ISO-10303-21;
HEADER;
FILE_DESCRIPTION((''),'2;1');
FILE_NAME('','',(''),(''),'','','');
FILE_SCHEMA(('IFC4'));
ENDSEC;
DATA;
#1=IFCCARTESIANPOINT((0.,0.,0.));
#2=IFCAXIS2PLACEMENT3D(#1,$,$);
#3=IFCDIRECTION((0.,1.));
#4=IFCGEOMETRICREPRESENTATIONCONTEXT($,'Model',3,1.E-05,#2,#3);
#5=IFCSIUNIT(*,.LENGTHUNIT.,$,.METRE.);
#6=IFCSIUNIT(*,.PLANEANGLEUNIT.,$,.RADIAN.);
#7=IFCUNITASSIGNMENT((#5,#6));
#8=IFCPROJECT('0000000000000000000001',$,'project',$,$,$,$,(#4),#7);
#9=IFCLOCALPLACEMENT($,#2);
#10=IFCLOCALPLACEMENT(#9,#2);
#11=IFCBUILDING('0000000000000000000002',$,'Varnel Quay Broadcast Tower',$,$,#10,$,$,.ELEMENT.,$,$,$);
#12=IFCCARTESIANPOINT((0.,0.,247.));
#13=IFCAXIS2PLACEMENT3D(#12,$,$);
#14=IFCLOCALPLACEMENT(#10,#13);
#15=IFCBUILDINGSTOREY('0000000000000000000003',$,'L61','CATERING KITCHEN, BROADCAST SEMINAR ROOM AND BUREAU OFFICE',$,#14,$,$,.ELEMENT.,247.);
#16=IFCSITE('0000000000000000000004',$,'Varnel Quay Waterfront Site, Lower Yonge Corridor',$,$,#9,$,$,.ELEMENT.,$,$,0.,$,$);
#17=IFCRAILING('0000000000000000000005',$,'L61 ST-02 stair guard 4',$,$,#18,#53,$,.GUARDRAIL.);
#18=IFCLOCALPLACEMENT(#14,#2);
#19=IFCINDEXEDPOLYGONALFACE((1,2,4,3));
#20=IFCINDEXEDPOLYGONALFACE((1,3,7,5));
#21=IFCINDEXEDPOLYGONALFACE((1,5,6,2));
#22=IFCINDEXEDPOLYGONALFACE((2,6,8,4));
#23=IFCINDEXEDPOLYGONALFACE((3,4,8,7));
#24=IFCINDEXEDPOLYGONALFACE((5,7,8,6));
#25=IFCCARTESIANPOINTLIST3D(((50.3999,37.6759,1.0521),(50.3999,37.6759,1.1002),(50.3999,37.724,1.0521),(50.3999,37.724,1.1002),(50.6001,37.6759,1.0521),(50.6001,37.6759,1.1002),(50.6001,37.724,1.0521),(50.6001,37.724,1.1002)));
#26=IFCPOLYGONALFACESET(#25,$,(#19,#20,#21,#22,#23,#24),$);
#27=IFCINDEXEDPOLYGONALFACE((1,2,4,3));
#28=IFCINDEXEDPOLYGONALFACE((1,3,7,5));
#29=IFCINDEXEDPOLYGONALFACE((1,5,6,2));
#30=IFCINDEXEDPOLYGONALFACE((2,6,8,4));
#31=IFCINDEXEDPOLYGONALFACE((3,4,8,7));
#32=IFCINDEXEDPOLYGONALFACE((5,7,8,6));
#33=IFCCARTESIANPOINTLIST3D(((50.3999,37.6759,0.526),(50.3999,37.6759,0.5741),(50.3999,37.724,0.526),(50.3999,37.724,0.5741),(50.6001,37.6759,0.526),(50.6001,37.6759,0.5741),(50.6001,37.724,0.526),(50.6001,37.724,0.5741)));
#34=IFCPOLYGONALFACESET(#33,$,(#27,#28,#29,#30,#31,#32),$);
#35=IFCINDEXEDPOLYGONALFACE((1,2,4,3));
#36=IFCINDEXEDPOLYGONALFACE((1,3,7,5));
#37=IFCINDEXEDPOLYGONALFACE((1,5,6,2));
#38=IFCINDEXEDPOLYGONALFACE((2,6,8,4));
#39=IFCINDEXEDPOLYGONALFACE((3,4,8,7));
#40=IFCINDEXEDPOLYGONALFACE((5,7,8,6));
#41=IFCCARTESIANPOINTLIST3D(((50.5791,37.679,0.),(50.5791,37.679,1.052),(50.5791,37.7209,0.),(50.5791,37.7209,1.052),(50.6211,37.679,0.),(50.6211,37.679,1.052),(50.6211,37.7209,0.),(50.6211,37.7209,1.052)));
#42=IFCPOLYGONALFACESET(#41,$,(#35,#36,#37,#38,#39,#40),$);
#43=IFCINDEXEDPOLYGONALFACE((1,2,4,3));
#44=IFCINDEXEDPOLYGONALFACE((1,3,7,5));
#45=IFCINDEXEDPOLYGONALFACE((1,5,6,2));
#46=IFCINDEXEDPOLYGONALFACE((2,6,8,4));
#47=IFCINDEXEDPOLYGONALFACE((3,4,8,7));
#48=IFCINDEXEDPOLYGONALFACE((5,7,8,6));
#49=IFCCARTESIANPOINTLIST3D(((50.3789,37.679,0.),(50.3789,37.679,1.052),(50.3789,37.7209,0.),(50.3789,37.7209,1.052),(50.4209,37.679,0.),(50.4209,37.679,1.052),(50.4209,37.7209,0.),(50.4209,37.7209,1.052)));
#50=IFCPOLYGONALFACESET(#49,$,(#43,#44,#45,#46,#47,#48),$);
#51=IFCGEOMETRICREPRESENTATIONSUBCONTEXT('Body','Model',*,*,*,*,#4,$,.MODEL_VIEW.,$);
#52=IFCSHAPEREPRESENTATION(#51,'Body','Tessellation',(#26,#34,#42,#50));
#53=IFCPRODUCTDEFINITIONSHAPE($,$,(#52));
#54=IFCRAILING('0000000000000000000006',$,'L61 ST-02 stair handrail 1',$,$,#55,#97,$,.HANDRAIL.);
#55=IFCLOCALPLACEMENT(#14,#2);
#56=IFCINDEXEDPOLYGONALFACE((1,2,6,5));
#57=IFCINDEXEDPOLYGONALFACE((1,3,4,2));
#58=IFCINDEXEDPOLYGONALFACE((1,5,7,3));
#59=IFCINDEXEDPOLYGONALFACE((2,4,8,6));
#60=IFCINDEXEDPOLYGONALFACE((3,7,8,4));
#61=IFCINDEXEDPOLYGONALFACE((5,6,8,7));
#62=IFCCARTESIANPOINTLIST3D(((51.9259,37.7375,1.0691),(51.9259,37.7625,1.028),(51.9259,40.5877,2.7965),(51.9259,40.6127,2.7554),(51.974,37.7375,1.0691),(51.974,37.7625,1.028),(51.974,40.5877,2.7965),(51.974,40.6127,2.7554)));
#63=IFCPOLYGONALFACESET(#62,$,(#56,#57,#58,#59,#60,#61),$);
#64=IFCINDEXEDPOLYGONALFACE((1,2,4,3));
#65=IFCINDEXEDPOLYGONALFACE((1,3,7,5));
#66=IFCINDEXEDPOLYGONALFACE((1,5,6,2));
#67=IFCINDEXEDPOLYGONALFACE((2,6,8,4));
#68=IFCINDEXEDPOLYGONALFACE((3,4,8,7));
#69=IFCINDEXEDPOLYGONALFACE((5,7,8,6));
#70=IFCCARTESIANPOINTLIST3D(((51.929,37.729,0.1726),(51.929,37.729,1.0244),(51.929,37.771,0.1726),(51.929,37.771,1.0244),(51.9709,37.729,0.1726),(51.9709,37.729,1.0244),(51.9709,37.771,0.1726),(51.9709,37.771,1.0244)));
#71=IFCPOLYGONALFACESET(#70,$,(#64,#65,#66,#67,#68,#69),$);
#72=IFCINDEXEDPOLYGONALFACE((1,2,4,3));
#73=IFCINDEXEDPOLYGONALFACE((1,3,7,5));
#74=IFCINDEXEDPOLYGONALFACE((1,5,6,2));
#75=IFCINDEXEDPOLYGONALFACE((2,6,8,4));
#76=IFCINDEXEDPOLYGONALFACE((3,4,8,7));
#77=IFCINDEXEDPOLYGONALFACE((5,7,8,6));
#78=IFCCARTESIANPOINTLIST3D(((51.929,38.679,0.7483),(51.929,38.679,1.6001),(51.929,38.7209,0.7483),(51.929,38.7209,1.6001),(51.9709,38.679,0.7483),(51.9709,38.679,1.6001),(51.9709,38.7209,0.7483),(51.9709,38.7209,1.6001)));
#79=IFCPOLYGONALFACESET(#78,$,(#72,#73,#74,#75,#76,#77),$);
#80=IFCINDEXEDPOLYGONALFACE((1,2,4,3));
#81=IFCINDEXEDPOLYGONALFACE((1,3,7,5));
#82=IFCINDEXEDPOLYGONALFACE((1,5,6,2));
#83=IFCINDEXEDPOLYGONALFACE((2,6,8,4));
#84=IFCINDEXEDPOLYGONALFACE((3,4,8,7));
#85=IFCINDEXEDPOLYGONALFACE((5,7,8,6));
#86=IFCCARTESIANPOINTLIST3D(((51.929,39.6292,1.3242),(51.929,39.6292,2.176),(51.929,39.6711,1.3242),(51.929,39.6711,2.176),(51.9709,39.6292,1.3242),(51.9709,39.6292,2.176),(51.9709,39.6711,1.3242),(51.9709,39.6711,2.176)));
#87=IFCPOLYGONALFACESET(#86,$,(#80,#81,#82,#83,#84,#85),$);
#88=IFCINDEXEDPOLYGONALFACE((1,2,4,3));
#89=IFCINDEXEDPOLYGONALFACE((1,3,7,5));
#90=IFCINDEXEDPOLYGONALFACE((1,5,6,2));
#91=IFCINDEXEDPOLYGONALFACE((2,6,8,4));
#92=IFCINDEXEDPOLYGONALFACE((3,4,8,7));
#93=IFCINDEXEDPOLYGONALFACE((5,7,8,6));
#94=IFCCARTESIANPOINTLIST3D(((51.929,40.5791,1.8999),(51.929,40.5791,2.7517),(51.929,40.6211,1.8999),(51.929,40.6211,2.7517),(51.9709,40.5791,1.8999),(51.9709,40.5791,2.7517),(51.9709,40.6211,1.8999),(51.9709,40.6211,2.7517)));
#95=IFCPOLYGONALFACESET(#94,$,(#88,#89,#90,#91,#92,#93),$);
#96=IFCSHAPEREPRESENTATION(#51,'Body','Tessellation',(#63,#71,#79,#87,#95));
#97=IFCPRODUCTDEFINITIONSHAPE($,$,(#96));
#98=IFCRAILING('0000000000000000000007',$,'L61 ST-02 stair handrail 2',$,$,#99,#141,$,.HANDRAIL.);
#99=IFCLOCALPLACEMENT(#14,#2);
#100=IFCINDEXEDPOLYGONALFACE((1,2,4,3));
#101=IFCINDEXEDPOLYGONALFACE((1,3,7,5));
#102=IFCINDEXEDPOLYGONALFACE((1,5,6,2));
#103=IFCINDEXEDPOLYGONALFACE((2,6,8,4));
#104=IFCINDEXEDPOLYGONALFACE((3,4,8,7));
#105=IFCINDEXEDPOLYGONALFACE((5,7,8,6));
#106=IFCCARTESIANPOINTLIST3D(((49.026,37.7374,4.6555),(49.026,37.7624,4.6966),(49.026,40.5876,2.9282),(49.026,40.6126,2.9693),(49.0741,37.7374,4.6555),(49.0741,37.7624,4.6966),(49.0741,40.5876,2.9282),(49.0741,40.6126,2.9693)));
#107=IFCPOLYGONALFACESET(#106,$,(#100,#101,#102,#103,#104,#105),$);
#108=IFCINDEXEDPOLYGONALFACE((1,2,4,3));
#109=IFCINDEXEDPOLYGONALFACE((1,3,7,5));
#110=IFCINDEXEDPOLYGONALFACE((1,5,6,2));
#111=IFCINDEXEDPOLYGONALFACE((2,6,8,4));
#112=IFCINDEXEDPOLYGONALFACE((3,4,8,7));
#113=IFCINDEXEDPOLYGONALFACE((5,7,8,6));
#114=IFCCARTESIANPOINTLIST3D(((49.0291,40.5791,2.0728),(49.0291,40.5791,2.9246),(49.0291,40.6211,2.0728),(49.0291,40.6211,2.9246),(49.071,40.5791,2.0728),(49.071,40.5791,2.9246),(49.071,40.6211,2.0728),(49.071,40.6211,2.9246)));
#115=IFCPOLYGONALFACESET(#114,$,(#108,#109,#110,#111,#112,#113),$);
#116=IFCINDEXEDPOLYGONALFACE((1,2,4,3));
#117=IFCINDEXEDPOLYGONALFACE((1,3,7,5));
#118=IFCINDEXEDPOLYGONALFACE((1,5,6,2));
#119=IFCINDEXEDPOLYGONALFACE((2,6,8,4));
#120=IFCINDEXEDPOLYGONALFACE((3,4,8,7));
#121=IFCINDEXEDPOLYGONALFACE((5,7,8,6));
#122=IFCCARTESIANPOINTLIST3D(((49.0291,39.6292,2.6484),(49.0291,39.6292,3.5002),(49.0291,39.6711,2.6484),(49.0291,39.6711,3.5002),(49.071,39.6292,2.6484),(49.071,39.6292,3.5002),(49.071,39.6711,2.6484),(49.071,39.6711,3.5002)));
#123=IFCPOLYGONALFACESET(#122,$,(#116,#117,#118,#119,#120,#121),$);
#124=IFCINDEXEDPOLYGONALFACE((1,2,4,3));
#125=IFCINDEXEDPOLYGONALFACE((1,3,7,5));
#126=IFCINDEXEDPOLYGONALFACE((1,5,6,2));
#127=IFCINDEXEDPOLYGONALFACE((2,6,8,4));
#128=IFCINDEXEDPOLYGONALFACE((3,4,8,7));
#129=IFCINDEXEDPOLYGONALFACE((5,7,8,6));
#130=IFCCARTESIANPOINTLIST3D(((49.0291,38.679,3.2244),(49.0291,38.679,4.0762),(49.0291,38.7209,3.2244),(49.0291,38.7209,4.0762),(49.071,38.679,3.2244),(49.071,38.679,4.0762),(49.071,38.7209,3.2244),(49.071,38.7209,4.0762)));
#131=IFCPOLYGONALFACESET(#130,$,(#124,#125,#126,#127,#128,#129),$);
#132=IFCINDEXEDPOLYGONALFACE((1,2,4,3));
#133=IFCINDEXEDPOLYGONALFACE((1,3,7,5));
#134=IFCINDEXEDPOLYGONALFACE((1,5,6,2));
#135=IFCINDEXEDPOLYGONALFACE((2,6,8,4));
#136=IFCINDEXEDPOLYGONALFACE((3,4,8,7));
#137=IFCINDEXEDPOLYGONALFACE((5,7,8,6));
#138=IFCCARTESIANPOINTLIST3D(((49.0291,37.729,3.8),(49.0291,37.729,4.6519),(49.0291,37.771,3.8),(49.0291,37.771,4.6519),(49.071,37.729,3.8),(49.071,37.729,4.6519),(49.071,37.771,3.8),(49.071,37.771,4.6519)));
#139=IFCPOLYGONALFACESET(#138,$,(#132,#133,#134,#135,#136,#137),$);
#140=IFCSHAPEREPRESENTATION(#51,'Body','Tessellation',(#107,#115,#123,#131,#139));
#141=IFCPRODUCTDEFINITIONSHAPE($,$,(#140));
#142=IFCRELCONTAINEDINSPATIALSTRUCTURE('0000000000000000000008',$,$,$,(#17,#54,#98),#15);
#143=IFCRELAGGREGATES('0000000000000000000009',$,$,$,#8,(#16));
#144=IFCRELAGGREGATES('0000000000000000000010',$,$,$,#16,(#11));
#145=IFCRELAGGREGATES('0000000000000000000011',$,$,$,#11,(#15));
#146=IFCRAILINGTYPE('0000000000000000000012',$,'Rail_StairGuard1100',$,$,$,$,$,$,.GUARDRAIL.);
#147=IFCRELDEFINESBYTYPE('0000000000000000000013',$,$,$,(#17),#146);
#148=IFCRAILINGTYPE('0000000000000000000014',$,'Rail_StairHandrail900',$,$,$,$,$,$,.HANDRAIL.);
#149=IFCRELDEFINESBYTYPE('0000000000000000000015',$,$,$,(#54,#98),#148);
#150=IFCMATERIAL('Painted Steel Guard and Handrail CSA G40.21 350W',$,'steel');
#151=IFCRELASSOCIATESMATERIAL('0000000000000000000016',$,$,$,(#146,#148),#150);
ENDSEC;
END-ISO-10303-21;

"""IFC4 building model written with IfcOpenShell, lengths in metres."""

from ifc_helpers import new_model, si_unit, direction, frame, origin, origin_2d, place, context, subcontext, project, spatial, rectangle, extrude, material, type_object, element, save


model = new_model("IFC4")

# Units and contexts
model_context = context("Model", 3, precision=1e-05, world=origin(), true_north=direction((0.0, 1.0)))
body_context = subcontext(model_context, "Body", "Model", "MODEL_VIEW")
ifc_project = project(units=[si_unit("LENGTHUNIT", "METRE"), si_unit("PLANEANGLEUNIT", "RADIAN")], contexts=[model_context])

# Site, building, storey
site_placement = place(None, origin())
site = spatial("IfcSite", under=ifc_project, at=site_placement, Name="Varnel Quay Waterfront Site, Lower Yonge Corridor", CompositionType="ELEMENT", RefElevation=0.0)
building_placement = place(site_placement, origin())
building = spatial("IfcBuilding", under=site, at=building_placement, Name="Varnel Quay Broadcast Tower", CompositionType="ELEMENT")
storey_placement = place(building_placement, frame((0.0, 0.0, 247.0)))
storey = spatial("IfcBuildingStorey", under=building, at=storey_placement, Name="L61", Description="CATERING KITCHEN, BROADCAST SEMINAR ROOM AND BUREAU OFFICE", CompositionType="ELEMENT", Elevation=247.0)

# Railings
ifc_material_1 = material(Name="Painted Steel Guard and Handrail CSA G40.21 350W", Category="steel")
railing_type_1 = type_object("IfcRailingType", Name="Rail_StairGuard1100", PredefinedType="GUARDRAIL", material=ifc_material_1)
railing_1_placement = place(storey_placement, frame((50.6001, 37.7, 0.0)))
element("IfcRailing", 1, at=railing_1_placement, inside=storey, type_object=railing_type_1, Name="L61 ST-02 stair guard 4", PredefinedType="GUARDRAIL", context=body_context, shape_type="SweptSolid", body=[
    extrude(rectangle(XDim=0.0481, YDim=0.0481, at=origin_2d()), frame((0.0, 0.0, 1.0762), z_axis=(-1.0, 0.0, 0.0), x_axis=(0.0, -1.0, 0.0)), (0.0, 0.0, 1.0), 0.2002),
    extrude(rectangle(XDim=0.0481, YDim=0.0481, at=origin_2d()), frame((0.0, 0.0, 0.55), z_axis=(-1.0, 0.0, 0.0), x_axis=(0.0, -1.0, 0.0)), (0.0, 0.0, 1.0), 0.2002),
    extrude(rectangle(XDim=0.042, YDim=0.042, at=origin_2d()), origin(), (0.0, 0.0, 1.0), 1.052),
    extrude(rectangle(XDim=0.042, YDim=0.042, at=origin_2d()), frame((-0.2002, 0.0, 0.0)), (0.0, 0.0, 1.0), 1.052),
])
railing_type_2 = type_object("IfcRailingType", Name="Rail_StairHandrail900", PredefinedType="HANDRAIL", material=ifc_material_1)
railing_2_placement = place(storey_placement, frame((51.95, 37.75, 0.1726)))
element("IfcRailing", 2, at=railing_2_placement, inside=storey, type_object=railing_type_2, Name="L61 ST-02 stair handrail 1", PredefinedType="HANDRAIL", context=body_context, shape_type="SweptSolid", body=[
    extrude(rectangle(XDim=0.0481, YDim=0.0481, at=origin_2d()), frame((0.0, 0.0, 0.876), z_axis=(0.0, 0.855203, 0.518294), x_axis=(-1.0, 0.0, 0.0)), (0.0, 0.0, 1.0), 3.3328),
    extrude(rectangle(XDim=0.042, YDim=0.042, at=origin_2d()), origin(), (0.0, 0.0, 1.0), 0.8518),
    extrude(rectangle(XDim=0.042, YDim=0.042, at=origin_2d()), frame((0.0, 0.95, 0.5757)), (0.0, 0.0, 1.0), 0.8518),
    extrude(rectangle(XDim=0.042, YDim=0.042, at=origin_2d()), frame((0.0, 1.9001, 1.1516)), (0.0, 0.0, 1.0), 0.8518),
    extrude(rectangle(XDim=0.042, YDim=0.042, at=origin_2d()), frame((0.0, 2.8501, 1.7273)), (0.0, 0.0, 1.0), 0.8518),
])
railing_3_placement = place(storey_placement, frame((49.05, 40.6001, 2.0728)))
element("IfcRailing", 3, at=railing_3_placement, inside=storey, type_object=railing_type_2, Name="L61 ST-02 stair handrail 2", PredefinedType="HANDRAIL", context=body_context, shape_type="SweptSolid", body=[
    extrude(rectangle(XDim=0.0481, YDim=0.0481, at=origin_2d()), frame((0.0, 0.0, 0.876), z_axis=(0.0, -0.855203, 0.518294), x_axis=(1.0, 0.0, 0.0)), (0.0, 0.0, 1.0), 3.3328),
    extrude(rectangle(XDim=0.042, YDim=0.042, at=origin_2d()), origin(), (0.0, 0.0, 1.0), 0.8518),
    extrude(rectangle(XDim=0.042, YDim=0.042, at=origin_2d()), frame((0.0, -0.95, 0.5757)), (0.0, 0.0, 1.0), 0.8518),
    extrude(rectangle(XDim=0.042, YDim=0.042, at=origin_2d()), frame((0.0, -1.9001, 1.1516)), (0.0, 0.0, 1.0), 0.8518),
    extrude(rectangle(XDim=0.042, YDim=0.042, at=origin_2d()), frame((0.0, -2.8501, 1.7273)), (0.0, 0.0, 1.0), 0.8518),
])

save(model, "model.ifc")
